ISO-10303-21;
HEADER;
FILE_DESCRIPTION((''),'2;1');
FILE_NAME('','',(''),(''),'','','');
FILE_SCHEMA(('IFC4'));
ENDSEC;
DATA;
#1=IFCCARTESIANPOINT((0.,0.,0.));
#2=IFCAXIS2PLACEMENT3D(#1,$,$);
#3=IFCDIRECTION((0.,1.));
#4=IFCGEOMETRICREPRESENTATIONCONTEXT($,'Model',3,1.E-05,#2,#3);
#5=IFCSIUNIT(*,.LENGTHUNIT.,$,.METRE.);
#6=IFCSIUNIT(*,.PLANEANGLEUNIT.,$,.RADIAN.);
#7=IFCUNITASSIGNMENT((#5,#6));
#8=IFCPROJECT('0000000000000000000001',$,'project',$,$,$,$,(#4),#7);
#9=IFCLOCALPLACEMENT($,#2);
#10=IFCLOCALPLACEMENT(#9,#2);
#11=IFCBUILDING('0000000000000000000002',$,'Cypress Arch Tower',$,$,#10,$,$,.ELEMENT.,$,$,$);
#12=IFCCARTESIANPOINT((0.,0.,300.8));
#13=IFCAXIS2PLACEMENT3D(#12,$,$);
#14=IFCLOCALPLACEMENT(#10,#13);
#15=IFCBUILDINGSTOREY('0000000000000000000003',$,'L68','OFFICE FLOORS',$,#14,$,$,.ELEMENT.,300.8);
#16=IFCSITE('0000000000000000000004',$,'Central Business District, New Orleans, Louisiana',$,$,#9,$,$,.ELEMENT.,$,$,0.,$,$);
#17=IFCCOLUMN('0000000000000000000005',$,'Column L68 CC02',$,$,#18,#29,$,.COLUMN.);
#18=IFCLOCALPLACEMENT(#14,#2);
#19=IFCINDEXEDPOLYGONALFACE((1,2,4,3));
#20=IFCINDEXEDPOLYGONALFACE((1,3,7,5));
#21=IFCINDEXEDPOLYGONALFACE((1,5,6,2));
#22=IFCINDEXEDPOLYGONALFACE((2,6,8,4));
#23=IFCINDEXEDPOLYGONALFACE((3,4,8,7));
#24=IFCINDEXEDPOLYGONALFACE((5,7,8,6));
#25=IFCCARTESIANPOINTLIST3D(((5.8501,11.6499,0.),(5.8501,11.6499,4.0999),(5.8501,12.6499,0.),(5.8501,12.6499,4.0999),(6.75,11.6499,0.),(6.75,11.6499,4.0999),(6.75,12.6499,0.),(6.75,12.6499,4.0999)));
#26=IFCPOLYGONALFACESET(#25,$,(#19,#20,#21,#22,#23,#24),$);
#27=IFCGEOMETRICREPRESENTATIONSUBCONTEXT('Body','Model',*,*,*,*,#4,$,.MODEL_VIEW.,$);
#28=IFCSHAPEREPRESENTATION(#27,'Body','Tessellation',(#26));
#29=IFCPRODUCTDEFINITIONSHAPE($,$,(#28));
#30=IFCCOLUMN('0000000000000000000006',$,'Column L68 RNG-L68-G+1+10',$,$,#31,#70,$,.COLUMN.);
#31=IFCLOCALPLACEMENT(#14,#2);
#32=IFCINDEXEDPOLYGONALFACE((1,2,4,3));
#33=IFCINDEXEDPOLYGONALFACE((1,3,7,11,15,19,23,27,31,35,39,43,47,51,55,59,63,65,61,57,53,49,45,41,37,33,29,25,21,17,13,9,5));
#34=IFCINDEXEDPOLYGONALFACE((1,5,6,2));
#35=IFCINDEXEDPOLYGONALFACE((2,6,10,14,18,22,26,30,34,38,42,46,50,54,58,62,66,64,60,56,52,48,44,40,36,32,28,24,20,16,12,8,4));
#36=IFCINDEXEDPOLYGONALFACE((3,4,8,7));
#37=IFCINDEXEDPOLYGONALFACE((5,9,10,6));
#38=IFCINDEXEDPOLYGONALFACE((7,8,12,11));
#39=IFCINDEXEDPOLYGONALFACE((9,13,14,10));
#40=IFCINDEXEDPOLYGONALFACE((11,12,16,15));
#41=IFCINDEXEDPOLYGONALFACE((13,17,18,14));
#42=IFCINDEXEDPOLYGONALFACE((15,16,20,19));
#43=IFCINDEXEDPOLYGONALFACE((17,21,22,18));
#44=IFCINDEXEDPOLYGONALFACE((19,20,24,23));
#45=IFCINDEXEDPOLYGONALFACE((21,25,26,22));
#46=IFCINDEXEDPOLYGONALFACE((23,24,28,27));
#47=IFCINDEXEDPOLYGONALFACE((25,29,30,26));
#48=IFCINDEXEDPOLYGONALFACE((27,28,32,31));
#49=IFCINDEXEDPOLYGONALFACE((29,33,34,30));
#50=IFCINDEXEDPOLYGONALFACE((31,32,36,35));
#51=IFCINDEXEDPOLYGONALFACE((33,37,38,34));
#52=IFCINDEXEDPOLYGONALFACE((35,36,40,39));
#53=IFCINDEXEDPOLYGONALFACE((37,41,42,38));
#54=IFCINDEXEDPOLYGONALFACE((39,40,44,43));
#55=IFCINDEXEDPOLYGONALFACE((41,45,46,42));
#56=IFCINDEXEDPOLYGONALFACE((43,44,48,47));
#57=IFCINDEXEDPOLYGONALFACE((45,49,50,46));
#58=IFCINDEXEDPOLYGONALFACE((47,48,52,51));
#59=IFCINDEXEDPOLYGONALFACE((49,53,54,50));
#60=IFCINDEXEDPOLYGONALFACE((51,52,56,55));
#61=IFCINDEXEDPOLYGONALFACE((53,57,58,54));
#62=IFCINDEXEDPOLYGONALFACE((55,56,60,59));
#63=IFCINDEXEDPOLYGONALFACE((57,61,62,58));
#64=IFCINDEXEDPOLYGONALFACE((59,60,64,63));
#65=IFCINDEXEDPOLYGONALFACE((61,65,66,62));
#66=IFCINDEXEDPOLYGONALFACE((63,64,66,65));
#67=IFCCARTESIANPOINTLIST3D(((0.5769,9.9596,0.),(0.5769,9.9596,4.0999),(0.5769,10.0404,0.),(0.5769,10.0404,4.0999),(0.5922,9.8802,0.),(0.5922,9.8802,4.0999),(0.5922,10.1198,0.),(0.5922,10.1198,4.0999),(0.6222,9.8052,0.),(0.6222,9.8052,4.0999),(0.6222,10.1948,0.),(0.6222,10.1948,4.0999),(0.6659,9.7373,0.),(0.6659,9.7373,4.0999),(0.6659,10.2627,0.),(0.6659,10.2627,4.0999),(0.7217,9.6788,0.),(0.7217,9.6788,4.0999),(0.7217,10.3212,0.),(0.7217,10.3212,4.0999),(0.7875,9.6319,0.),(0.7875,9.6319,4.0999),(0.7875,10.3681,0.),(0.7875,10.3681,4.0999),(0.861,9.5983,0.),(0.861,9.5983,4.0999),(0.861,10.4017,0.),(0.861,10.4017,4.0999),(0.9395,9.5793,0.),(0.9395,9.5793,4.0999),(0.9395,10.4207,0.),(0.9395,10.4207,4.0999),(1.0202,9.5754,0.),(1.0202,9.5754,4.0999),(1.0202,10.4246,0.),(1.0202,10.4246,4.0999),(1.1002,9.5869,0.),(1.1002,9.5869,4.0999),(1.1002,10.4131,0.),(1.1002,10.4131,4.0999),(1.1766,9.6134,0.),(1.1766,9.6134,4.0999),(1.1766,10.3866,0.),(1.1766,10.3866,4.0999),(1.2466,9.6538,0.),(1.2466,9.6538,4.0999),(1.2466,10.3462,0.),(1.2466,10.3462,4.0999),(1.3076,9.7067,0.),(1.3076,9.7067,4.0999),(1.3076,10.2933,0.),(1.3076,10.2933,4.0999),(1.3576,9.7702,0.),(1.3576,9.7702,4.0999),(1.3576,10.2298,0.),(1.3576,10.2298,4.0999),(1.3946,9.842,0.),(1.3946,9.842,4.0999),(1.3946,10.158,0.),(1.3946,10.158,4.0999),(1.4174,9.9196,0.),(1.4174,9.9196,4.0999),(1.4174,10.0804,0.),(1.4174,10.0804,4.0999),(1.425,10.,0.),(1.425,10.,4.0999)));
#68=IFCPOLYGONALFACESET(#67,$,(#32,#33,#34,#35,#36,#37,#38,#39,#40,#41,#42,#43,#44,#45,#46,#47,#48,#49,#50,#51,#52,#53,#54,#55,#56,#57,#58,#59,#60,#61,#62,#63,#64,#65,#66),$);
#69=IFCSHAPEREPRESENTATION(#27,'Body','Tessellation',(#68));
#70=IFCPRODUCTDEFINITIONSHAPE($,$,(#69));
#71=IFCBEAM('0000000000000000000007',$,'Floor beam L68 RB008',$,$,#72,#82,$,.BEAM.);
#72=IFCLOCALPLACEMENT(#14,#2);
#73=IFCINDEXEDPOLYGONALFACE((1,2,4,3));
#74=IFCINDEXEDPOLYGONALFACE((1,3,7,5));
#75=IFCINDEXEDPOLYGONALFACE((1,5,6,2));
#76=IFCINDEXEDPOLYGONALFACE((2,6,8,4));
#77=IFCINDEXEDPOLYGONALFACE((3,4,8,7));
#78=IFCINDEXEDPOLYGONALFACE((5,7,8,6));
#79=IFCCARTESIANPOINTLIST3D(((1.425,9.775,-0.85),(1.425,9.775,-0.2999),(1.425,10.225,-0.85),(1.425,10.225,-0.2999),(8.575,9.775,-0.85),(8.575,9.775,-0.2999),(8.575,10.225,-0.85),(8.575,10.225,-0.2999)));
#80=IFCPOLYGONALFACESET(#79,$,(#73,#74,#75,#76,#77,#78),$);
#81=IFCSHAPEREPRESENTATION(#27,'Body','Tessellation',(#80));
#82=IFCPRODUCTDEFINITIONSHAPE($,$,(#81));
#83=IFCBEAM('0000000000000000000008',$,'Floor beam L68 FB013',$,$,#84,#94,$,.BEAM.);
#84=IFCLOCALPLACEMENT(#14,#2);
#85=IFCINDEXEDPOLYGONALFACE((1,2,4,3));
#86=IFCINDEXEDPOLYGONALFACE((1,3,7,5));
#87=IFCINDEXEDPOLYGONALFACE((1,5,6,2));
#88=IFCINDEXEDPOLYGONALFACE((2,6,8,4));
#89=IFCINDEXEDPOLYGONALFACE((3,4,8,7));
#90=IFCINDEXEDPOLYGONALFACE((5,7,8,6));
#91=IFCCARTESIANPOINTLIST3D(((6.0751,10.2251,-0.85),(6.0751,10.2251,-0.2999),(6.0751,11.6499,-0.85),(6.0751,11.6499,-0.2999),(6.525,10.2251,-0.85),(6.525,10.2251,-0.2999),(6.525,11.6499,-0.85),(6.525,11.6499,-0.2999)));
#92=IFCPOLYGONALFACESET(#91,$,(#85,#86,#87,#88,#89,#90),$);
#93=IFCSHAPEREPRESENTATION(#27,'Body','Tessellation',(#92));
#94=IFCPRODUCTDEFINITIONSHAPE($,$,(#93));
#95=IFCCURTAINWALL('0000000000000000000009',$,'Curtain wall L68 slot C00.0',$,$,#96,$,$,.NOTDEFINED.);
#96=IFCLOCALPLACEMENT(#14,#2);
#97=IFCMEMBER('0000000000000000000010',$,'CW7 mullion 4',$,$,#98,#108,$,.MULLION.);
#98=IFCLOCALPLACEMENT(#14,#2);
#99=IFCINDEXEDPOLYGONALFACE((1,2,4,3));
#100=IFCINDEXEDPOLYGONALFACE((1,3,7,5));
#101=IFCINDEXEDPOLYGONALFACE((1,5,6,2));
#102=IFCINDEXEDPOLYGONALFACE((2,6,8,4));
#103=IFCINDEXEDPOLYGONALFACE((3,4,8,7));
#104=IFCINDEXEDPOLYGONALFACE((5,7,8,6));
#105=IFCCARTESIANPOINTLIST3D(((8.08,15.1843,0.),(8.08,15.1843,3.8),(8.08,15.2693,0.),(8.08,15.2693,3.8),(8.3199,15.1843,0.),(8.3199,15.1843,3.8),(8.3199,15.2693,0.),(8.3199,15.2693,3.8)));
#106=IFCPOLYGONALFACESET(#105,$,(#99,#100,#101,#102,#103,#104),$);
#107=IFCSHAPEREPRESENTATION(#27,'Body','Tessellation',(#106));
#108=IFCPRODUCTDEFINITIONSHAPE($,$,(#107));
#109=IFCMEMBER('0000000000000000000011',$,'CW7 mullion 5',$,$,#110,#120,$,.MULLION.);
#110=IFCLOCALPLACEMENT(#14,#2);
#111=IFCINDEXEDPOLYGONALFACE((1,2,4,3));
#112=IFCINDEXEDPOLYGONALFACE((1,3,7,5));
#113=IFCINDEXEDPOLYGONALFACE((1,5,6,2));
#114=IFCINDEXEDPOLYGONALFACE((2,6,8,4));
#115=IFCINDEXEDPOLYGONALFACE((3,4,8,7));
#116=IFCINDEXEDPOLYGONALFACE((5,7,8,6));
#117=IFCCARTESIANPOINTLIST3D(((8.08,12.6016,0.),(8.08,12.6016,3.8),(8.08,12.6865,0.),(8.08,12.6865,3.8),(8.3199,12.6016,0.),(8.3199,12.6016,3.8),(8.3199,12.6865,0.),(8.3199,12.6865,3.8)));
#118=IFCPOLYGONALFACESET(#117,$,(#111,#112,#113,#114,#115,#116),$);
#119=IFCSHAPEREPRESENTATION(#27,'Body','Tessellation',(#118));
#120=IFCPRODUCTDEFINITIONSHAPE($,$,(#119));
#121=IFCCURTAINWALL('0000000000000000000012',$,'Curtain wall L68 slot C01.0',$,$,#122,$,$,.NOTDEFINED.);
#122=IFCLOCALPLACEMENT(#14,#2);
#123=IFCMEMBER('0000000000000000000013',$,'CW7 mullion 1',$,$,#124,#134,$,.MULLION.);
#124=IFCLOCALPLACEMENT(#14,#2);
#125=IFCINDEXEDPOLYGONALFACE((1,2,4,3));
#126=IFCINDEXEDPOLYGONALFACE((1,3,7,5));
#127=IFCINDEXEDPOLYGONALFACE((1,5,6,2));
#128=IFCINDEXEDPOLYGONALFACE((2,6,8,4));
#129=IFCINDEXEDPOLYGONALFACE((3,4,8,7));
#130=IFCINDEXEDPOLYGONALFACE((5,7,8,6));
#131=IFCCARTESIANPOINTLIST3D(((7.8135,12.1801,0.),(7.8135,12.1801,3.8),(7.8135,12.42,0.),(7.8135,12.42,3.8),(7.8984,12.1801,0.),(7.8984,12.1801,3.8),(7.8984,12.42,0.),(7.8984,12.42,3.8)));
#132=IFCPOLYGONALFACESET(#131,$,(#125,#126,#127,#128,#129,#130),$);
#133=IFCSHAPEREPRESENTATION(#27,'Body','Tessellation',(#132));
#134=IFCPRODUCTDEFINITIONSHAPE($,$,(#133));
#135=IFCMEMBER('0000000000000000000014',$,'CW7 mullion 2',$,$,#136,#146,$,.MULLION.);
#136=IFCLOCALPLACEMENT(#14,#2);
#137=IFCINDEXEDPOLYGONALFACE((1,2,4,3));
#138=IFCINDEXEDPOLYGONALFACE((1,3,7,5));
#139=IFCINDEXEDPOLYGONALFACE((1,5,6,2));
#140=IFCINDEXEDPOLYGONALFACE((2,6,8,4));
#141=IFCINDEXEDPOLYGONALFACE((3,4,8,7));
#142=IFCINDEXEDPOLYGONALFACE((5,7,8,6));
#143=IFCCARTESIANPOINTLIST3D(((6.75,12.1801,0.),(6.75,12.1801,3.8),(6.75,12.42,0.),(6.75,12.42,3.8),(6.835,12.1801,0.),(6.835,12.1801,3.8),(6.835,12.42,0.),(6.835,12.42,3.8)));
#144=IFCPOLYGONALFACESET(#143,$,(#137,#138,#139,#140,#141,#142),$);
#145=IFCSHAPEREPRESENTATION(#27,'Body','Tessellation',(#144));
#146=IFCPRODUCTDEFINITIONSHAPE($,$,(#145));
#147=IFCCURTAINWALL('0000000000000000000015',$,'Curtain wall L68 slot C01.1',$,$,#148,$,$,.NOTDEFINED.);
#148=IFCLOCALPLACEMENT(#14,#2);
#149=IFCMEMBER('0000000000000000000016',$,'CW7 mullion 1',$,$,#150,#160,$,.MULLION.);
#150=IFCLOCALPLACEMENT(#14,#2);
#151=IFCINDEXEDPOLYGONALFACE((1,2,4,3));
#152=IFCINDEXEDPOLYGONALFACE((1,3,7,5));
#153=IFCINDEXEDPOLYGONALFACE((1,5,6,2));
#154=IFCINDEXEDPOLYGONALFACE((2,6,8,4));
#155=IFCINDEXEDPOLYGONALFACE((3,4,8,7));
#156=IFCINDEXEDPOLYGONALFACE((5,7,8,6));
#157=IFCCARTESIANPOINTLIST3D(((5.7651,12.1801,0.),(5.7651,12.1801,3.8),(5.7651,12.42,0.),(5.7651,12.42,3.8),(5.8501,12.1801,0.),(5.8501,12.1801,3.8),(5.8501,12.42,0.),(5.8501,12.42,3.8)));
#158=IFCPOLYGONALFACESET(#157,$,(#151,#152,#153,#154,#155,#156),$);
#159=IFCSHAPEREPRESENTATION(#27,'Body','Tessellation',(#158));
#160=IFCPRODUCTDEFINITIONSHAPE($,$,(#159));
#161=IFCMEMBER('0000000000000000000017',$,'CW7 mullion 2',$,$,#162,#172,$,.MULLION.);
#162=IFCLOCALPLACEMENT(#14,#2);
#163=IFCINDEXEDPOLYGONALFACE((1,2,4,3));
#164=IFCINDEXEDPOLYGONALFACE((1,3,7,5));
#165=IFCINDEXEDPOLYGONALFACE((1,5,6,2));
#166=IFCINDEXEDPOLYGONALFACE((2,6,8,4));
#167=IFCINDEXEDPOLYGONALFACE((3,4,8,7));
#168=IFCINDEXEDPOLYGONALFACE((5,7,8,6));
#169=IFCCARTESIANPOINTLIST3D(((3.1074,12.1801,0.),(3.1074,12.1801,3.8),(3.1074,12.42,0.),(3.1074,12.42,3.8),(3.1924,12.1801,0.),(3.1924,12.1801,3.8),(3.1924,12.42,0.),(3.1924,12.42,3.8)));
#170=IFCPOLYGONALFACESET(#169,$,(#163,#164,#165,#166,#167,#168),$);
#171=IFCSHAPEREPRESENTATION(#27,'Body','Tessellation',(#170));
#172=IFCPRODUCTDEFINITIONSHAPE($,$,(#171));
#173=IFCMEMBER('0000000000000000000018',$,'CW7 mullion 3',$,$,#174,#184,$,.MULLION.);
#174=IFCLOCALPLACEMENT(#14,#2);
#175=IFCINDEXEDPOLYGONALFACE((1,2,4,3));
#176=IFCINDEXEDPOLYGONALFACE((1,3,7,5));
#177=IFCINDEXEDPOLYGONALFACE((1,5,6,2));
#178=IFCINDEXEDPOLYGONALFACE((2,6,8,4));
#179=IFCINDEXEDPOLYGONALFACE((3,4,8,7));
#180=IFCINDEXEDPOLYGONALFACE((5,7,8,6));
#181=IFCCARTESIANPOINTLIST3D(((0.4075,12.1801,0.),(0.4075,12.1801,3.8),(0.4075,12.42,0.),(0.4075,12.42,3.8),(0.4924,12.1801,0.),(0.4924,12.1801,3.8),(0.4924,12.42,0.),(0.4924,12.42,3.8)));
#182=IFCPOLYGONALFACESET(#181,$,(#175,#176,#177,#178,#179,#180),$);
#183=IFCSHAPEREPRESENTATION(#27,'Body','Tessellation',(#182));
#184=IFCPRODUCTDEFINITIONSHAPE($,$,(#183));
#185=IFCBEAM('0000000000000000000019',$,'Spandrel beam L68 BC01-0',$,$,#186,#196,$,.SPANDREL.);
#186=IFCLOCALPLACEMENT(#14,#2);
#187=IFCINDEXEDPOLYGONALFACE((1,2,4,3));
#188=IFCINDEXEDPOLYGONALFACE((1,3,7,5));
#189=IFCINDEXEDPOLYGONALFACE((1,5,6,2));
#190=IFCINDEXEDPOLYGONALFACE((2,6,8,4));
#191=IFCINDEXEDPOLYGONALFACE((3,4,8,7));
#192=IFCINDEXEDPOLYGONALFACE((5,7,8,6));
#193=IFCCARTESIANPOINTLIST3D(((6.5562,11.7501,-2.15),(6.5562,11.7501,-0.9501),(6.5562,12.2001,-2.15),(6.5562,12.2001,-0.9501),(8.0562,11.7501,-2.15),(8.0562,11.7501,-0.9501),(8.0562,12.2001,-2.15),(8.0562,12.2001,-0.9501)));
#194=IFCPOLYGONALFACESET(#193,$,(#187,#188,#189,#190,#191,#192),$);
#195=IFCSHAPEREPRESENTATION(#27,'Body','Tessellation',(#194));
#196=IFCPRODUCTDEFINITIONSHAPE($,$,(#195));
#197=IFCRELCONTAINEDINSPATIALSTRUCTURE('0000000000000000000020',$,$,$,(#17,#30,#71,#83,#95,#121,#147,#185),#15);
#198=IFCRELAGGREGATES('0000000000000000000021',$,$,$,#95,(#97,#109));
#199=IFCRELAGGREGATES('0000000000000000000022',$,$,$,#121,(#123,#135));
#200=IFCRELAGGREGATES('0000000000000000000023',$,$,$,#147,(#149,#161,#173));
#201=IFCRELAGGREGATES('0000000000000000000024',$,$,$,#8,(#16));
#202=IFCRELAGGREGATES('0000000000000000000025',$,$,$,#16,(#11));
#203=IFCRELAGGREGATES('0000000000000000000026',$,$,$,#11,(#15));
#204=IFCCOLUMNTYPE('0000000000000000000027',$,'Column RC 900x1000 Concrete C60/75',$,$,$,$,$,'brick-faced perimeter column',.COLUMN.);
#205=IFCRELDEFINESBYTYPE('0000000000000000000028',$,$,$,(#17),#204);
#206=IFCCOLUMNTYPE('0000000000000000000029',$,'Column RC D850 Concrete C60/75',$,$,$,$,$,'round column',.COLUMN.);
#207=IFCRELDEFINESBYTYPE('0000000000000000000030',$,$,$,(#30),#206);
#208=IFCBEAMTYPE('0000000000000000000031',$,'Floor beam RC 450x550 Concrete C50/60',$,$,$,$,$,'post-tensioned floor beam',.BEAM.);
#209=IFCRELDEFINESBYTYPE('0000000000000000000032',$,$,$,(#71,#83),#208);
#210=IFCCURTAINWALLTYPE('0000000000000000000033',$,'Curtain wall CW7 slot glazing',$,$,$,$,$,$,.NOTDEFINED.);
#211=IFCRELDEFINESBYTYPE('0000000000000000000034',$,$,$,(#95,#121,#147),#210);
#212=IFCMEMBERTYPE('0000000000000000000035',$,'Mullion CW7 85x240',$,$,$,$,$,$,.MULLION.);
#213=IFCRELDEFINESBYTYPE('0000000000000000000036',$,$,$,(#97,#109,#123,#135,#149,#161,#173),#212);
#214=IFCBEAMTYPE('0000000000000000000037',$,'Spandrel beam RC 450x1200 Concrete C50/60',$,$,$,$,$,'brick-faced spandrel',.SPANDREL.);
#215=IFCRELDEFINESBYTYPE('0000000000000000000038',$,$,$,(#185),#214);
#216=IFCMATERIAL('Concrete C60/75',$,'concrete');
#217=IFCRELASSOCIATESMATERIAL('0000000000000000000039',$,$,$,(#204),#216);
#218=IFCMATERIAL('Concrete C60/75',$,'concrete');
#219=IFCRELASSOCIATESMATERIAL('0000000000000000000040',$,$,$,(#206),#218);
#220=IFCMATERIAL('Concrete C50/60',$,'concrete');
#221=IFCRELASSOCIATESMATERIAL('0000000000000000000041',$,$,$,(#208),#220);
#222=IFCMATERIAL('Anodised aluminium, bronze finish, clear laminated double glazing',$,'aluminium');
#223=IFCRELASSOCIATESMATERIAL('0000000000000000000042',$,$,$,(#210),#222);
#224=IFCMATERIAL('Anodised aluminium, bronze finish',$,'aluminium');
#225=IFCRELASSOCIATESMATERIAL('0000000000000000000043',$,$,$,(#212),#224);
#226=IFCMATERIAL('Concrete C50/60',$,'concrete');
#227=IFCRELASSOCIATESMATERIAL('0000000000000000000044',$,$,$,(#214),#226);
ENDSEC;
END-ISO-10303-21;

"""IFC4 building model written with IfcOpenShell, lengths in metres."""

from ifc_helpers import new_model, si_unit, direction, frame, origin, origin_2d, place, context, subcontext, project, spatial, rectangle, circle, extrude, material, material_profile, profile_set, type_object, element, aggregate, save


model = new_model("IFC4")

# Units and contexts
model_context = context("Model", 3, precision=1e-05, world=origin(), true_north=direction((0.0, 1.0)))
body_context = subcontext(model_context, "Body", "Model", "MODEL_VIEW")
ifc_project = project(units=[si_unit("LENGTHUNIT", "METRE"), si_unit("PLANEANGLEUNIT", "RADIAN")], contexts=[model_context])

# Site, building, storey
site_placement = place(None, origin())
site = spatial("IfcSite", under=ifc_project, at=site_placement, Name="Central Business District, New Orleans, Louisiana", CompositionType="ELEMENT", RefElevation=0.0)
building_placement = place(site_placement, origin())
building = spatial("IfcBuilding", under=site, at=building_placement, Name="Cypress Arch Tower", CompositionType="ELEMENT")
storey_placement = place(building_placement, frame((0.0, 0.0, 300.8)))
storey = spatial("IfcBuildingStorey", under=building, at=storey_placement, Name="L68", Description="OFFICE FLOORS", CompositionType="ELEMENT", Elevation=300.8)

# Columns
ifc_material_1 = material(Name="Concrete C60/75", Category="concrete")
ifc_material_profile_1 = material_profile(ifc_material_1, rectangle(XDim=0.8999, YDim=1.0, at=origin_2d()), Name="RC 900x1000")
ifc_profile_set_1 = profile_set([ifc_material_profile_1], Name="Concrete C60/75")
column_type_1 = type_object("IfcColumnType", Name="Column RC 900x1000 Concrete C60/75", ElementType="brick-faced perimeter column", PredefinedType="COLUMN", material=ifc_profile_set_1)
column_1_placement = place(storey_placement, frame((6.3, 12.1499, 0.0), z_axis=(0.0, 0.0, 1.0), x_axis=(-1.0, 0.0, 0.0)))
element("IfcColumn", 1, at=column_1_placement, inside=storey, type_object=column_type_1, Name="Column L68 CC02", PredefinedType="COLUMN", context=body_context, shape_type="SweptSolid", body=[
    extrude(rectangle(XDim=0.8999, YDim=1.0, at=origin_2d()), origin(), (0.0, 0.0, 1.0), 4.0999),
])
ifc_material_2 = material(Name="Concrete C60/75", Category="concrete")
ifc_material_profile_2 = material_profile(ifc_material_2, circle(Radius=0.425, at=origin_2d()), Name="RC D850")
ifc_profile_set_2 = profile_set([ifc_material_profile_2], Name="Concrete C60/75")
column_type_2 = type_object("IfcColumnType", Name="Column RC D850 Concrete C60/75", ElementType="round column", PredefinedType="COLUMN", material=ifc_profile_set_2)
column_2_placement = place(storey_placement, frame((1.0, 10.0, 0.0), z_axis=(0.0, 0.0, 1.0), x_axis=(1.0, 0.0, 0.0)))
element("IfcColumn", 2, at=column_2_placement, inside=storey, type_object=column_type_2, Name="Column L68 RNG-L68-G+1+10", PredefinedType="COLUMN", context=body_context, shape_type="SweptSolid", body=[
    extrude(circle(Radius=0.425, at=origin_2d()), origin(), (0.0, 0.0, 1.0), 4.0999),
])

# Beams
ifc_material_3 = material(Name="Concrete C50/60", Category="concrete")
ifc_material_profile_3 = material_profile(ifc_material_3, rectangle(XDim=0.45, YDim=0.55, at=origin_2d()), Name="RC 450x550")
ifc_profile_set_3 = profile_set([ifc_material_profile_3], Name="Concrete C50/60")
beam_type_1 = type_object("IfcBeamType", Name="Floor beam RC 450x550 Concrete C50/60", ElementType="post-tensioned floor beam", PredefinedType="BEAM", material=ifc_profile_set_3)
beam_1_placement = place(storey_placement, frame((1.425, 10.0, -0.575), z_axis=(1.0, 0.0, 0.0), x_axis=(0.0, 1.0, 0.0)))
element("IfcBeam", 3, at=beam_1_placement, inside=storey, type_object=beam_type_1, Name="Floor beam L68 RB008", PredefinedType="BEAM", context=body_context, shape_type="SweptSolid", body=[
    extrude(rectangle(XDim=0.45, YDim=0.55, at=origin_2d()), origin(), (0.0, 0.0, 1.0), 7.1499),
])
beam_2_placement = place(storey_placement, frame((6.3, 10.2251, -0.575), z_axis=(0.0, 1.0, 0.0), x_axis=(-1.0, 0.0, 0.0)))
element("IfcBeam", 4, at=beam_2_placement, inside=storey, type_object=beam_type_1, Name="Floor beam L68 FB013", PredefinedType="BEAM", context=body_context, shape_type="SweptSolid", body=[
    extrude(rectangle(XDim=0.45, YDim=0.55, at=origin_2d()), origin(), (0.0, 0.0, 1.0), 1.4248),
])

# Curtain walls, members
ifc_material_4 = material(Name="Anodised aluminium, bronze finish, clear laminated double glazing", Category="aluminium")
curtain_wall_type = type_object("IfcCurtainWallType", Name="Curtain wall CW7 slot glazing", PredefinedType="NOTDEFINED", material=ifc_material_4)
curtain_wall_1_placement = place(storey_placement, origin())
curtain_wall_1 = element("IfcCurtainWall", 5, at=curtain_wall_1_placement, inside=storey, type_object=curtain_wall_type, Name="Curtain wall L68 slot C00.0", PredefinedType="NOTDEFINED")
ifc_material_5 = material(Name="Anodised aluminium, bronze finish", Category="aluminium")
ifc_material_profile_4 = material_profile(ifc_material_5, rectangle(XDim=0.24, YDim=0.085, at=origin_2d()), Name="Mullion 85x240")
ifc_profile_set_4 = profile_set([ifc_material_profile_4], Name="Anodised aluminium, bronze finish")
member_type_1 = type_object("IfcMemberType", Name="Mullion CW7 85x240", PredefinedType="MULLION", material=ifc_profile_set_4)
member_1_placement = place(storey_placement, frame((8.2, 15.2268, 0.0), z_axis=(0.0, 0.0, 1.0), x_axis=(1.0, 0.0, 0.0)))
member_1 = element("IfcMember", 6, at=member_1_placement, type_object=member_type_1, Name="CW7 mullion 4", PredefinedType="MULLION", context=body_context, shape_type="SweptSolid", body=[
    extrude(rectangle(XDim=0.24, YDim=0.085, at=origin_2d()), origin(), (0.0, 0.0, 1.0), 3.8),
])
member_2_placement = place(storey_placement, frame((8.2, 12.644, 0.0), z_axis=(0.0, 0.0, 1.0), x_axis=(1.0, 0.0, 0.0)))
member_2 = element("IfcMember", 7, at=member_2_placement, type_object=member_type_1, Name="CW7 mullion 5", PredefinedType="MULLION", context=body_context, shape_type="SweptSolid", body=[
    extrude(rectangle(XDim=0.24, YDim=0.085, at=origin_2d()), origin(), (0.0, 0.0, 1.0), 3.8),
])
curtain_wall_2_placement = place(storey_placement, origin())
curtain_wall_2 = element("IfcCurtainWall", 8, at=curtain_wall_2_placement, inside=storey, type_object=curtain_wall_type, Name="Curtain wall L68 slot C01.0", PredefinedType="NOTDEFINED")
member_3_placement = place(storey_placement, frame((7.856, 12.3, 0.0), z_axis=(0.0, 0.0, 1.0), x_axis=(0.0, -1.0, 0.0)))
member_3 = element("IfcMember", 9, at=member_3_placement, type_object=member_type_1, Name="CW7 mullion 1", PredefinedType="MULLION", context=body_context, shape_type="SweptSolid", body=[
    extrude(rectangle(XDim=0.24, YDim=0.085, at=origin_2d()), origin(), (0.0, 0.0, 1.0), 3.8),
])
member_4_placement = place(storey_placement, frame((6.7925, 12.3, 0.0), z_axis=(0.0, 0.0, 1.0), x_axis=(0.0, -1.0, 0.0)))
member_4 = element("IfcMember", 10, at=member_4_placement, type_object=member_type_1, Name="CW7 mullion 2", PredefinedType="MULLION", context=body_context, shape_type="SweptSolid", body=[
    extrude(rectangle(XDim=0.24, YDim=0.085, at=origin_2d()), origin(), (0.0, 0.0, 1.0), 3.8),
])
curtain_wall_3_placement = place(storey_placement, origin())
curtain_wall_3 = element("IfcCurtainWall", 11, at=curtain_wall_3_placement, inside=storey, type_object=curtain_wall_type, Name="Curtain wall L68 slot C01.1", PredefinedType="NOTDEFINED")
member_5_placement = place(storey_placement, frame((5.8076, 12.3, 0.0), z_axis=(0.0, 0.0, 1.0), x_axis=(0.0, -1.0, 0.0)))
member_5 = element("IfcMember", 12, at=member_5_placement, type_object=member_type_1, Name="CW7 mullion 1", PredefinedType="MULLION", context=body_context, shape_type="SweptSolid", body=[
    extrude(rectangle(XDim=0.24, YDim=0.085, at=origin_2d()), origin(), (0.0, 0.0, 1.0), 3.8),
])
member_6_placement = place(storey_placement, frame((3.1499, 12.3, 0.0), z_axis=(0.0, 0.0, 1.0), x_axis=(0.0, -1.0, 0.0)))
member_6 = element("IfcMember", 13, at=member_6_placement, type_object=member_type_1, Name="CW7 mullion 2", PredefinedType="MULLION", context=body_context, shape_type="SweptSolid", body=[
    extrude(rectangle(XDim=0.24, YDim=0.085, at=origin_2d()), origin(), (0.0, 0.0, 1.0), 3.8),
])
member_7_placement = place(storey_placement, frame((0.45, 12.3, 0.0), z_axis=(0.0, 0.0, 1.0), x_axis=(0.0, -1.0, 0.0)))
member_7 = element("IfcMember", 14, at=member_7_placement, type_object=member_type_1, Name="CW7 mullion 3", PredefinedType="MULLION", context=body_context, shape_type="SweptSolid", body=[
    extrude(rectangle(XDim=0.24, YDim=0.085, at=origin_2d()), origin(), (0.0, 0.0, 1.0), 3.8),
])

# Beam
ifc_material_6 = material(Name="Concrete C50/60", Category="concrete")
ifc_material_profile_5 = material_profile(ifc_material_6, rectangle(XDim=0.45, YDim=1.2, at=origin_2d()), Name="RC 450x1200")
ifc_profile_set_5 = profile_set([ifc_material_profile_5], Name="Concrete C50/60")
beam_type_2 = type_object("IfcBeamType", Name="Spandrel beam RC 450x1200 Concrete C50/60", ElementType="brick-faced spandrel", PredefinedType="SPANDREL", material=ifc_profile_set_5)
beam_3_placement = place(storey_placement, frame((8.0562, 11.9751, -1.55), z_axis=(-1.0, 0.0, 0.0), x_axis=(0.0, -1.0, 0.0)))
element("IfcBeam", 15, at=beam_3_placement, inside=storey, type_object=beam_type_2, Name="Spandrel beam L68 BC01-0", PredefinedType="SPANDREL", context=body_context, shape_type="SweptSolid", body=[
    extrude(rectangle(XDim=0.45, YDim=1.2, at=origin_2d()), origin(), (0.0, 0.0, 1.0), 1.5),
])

aggregate(curtain_wall_1, [member_1, member_2])
aggregate(curtain_wall_2, [member_3, member_4])
aggregate(curtain_wall_3, [member_5, member_6, member_7])

save(model, "model.ifc")
